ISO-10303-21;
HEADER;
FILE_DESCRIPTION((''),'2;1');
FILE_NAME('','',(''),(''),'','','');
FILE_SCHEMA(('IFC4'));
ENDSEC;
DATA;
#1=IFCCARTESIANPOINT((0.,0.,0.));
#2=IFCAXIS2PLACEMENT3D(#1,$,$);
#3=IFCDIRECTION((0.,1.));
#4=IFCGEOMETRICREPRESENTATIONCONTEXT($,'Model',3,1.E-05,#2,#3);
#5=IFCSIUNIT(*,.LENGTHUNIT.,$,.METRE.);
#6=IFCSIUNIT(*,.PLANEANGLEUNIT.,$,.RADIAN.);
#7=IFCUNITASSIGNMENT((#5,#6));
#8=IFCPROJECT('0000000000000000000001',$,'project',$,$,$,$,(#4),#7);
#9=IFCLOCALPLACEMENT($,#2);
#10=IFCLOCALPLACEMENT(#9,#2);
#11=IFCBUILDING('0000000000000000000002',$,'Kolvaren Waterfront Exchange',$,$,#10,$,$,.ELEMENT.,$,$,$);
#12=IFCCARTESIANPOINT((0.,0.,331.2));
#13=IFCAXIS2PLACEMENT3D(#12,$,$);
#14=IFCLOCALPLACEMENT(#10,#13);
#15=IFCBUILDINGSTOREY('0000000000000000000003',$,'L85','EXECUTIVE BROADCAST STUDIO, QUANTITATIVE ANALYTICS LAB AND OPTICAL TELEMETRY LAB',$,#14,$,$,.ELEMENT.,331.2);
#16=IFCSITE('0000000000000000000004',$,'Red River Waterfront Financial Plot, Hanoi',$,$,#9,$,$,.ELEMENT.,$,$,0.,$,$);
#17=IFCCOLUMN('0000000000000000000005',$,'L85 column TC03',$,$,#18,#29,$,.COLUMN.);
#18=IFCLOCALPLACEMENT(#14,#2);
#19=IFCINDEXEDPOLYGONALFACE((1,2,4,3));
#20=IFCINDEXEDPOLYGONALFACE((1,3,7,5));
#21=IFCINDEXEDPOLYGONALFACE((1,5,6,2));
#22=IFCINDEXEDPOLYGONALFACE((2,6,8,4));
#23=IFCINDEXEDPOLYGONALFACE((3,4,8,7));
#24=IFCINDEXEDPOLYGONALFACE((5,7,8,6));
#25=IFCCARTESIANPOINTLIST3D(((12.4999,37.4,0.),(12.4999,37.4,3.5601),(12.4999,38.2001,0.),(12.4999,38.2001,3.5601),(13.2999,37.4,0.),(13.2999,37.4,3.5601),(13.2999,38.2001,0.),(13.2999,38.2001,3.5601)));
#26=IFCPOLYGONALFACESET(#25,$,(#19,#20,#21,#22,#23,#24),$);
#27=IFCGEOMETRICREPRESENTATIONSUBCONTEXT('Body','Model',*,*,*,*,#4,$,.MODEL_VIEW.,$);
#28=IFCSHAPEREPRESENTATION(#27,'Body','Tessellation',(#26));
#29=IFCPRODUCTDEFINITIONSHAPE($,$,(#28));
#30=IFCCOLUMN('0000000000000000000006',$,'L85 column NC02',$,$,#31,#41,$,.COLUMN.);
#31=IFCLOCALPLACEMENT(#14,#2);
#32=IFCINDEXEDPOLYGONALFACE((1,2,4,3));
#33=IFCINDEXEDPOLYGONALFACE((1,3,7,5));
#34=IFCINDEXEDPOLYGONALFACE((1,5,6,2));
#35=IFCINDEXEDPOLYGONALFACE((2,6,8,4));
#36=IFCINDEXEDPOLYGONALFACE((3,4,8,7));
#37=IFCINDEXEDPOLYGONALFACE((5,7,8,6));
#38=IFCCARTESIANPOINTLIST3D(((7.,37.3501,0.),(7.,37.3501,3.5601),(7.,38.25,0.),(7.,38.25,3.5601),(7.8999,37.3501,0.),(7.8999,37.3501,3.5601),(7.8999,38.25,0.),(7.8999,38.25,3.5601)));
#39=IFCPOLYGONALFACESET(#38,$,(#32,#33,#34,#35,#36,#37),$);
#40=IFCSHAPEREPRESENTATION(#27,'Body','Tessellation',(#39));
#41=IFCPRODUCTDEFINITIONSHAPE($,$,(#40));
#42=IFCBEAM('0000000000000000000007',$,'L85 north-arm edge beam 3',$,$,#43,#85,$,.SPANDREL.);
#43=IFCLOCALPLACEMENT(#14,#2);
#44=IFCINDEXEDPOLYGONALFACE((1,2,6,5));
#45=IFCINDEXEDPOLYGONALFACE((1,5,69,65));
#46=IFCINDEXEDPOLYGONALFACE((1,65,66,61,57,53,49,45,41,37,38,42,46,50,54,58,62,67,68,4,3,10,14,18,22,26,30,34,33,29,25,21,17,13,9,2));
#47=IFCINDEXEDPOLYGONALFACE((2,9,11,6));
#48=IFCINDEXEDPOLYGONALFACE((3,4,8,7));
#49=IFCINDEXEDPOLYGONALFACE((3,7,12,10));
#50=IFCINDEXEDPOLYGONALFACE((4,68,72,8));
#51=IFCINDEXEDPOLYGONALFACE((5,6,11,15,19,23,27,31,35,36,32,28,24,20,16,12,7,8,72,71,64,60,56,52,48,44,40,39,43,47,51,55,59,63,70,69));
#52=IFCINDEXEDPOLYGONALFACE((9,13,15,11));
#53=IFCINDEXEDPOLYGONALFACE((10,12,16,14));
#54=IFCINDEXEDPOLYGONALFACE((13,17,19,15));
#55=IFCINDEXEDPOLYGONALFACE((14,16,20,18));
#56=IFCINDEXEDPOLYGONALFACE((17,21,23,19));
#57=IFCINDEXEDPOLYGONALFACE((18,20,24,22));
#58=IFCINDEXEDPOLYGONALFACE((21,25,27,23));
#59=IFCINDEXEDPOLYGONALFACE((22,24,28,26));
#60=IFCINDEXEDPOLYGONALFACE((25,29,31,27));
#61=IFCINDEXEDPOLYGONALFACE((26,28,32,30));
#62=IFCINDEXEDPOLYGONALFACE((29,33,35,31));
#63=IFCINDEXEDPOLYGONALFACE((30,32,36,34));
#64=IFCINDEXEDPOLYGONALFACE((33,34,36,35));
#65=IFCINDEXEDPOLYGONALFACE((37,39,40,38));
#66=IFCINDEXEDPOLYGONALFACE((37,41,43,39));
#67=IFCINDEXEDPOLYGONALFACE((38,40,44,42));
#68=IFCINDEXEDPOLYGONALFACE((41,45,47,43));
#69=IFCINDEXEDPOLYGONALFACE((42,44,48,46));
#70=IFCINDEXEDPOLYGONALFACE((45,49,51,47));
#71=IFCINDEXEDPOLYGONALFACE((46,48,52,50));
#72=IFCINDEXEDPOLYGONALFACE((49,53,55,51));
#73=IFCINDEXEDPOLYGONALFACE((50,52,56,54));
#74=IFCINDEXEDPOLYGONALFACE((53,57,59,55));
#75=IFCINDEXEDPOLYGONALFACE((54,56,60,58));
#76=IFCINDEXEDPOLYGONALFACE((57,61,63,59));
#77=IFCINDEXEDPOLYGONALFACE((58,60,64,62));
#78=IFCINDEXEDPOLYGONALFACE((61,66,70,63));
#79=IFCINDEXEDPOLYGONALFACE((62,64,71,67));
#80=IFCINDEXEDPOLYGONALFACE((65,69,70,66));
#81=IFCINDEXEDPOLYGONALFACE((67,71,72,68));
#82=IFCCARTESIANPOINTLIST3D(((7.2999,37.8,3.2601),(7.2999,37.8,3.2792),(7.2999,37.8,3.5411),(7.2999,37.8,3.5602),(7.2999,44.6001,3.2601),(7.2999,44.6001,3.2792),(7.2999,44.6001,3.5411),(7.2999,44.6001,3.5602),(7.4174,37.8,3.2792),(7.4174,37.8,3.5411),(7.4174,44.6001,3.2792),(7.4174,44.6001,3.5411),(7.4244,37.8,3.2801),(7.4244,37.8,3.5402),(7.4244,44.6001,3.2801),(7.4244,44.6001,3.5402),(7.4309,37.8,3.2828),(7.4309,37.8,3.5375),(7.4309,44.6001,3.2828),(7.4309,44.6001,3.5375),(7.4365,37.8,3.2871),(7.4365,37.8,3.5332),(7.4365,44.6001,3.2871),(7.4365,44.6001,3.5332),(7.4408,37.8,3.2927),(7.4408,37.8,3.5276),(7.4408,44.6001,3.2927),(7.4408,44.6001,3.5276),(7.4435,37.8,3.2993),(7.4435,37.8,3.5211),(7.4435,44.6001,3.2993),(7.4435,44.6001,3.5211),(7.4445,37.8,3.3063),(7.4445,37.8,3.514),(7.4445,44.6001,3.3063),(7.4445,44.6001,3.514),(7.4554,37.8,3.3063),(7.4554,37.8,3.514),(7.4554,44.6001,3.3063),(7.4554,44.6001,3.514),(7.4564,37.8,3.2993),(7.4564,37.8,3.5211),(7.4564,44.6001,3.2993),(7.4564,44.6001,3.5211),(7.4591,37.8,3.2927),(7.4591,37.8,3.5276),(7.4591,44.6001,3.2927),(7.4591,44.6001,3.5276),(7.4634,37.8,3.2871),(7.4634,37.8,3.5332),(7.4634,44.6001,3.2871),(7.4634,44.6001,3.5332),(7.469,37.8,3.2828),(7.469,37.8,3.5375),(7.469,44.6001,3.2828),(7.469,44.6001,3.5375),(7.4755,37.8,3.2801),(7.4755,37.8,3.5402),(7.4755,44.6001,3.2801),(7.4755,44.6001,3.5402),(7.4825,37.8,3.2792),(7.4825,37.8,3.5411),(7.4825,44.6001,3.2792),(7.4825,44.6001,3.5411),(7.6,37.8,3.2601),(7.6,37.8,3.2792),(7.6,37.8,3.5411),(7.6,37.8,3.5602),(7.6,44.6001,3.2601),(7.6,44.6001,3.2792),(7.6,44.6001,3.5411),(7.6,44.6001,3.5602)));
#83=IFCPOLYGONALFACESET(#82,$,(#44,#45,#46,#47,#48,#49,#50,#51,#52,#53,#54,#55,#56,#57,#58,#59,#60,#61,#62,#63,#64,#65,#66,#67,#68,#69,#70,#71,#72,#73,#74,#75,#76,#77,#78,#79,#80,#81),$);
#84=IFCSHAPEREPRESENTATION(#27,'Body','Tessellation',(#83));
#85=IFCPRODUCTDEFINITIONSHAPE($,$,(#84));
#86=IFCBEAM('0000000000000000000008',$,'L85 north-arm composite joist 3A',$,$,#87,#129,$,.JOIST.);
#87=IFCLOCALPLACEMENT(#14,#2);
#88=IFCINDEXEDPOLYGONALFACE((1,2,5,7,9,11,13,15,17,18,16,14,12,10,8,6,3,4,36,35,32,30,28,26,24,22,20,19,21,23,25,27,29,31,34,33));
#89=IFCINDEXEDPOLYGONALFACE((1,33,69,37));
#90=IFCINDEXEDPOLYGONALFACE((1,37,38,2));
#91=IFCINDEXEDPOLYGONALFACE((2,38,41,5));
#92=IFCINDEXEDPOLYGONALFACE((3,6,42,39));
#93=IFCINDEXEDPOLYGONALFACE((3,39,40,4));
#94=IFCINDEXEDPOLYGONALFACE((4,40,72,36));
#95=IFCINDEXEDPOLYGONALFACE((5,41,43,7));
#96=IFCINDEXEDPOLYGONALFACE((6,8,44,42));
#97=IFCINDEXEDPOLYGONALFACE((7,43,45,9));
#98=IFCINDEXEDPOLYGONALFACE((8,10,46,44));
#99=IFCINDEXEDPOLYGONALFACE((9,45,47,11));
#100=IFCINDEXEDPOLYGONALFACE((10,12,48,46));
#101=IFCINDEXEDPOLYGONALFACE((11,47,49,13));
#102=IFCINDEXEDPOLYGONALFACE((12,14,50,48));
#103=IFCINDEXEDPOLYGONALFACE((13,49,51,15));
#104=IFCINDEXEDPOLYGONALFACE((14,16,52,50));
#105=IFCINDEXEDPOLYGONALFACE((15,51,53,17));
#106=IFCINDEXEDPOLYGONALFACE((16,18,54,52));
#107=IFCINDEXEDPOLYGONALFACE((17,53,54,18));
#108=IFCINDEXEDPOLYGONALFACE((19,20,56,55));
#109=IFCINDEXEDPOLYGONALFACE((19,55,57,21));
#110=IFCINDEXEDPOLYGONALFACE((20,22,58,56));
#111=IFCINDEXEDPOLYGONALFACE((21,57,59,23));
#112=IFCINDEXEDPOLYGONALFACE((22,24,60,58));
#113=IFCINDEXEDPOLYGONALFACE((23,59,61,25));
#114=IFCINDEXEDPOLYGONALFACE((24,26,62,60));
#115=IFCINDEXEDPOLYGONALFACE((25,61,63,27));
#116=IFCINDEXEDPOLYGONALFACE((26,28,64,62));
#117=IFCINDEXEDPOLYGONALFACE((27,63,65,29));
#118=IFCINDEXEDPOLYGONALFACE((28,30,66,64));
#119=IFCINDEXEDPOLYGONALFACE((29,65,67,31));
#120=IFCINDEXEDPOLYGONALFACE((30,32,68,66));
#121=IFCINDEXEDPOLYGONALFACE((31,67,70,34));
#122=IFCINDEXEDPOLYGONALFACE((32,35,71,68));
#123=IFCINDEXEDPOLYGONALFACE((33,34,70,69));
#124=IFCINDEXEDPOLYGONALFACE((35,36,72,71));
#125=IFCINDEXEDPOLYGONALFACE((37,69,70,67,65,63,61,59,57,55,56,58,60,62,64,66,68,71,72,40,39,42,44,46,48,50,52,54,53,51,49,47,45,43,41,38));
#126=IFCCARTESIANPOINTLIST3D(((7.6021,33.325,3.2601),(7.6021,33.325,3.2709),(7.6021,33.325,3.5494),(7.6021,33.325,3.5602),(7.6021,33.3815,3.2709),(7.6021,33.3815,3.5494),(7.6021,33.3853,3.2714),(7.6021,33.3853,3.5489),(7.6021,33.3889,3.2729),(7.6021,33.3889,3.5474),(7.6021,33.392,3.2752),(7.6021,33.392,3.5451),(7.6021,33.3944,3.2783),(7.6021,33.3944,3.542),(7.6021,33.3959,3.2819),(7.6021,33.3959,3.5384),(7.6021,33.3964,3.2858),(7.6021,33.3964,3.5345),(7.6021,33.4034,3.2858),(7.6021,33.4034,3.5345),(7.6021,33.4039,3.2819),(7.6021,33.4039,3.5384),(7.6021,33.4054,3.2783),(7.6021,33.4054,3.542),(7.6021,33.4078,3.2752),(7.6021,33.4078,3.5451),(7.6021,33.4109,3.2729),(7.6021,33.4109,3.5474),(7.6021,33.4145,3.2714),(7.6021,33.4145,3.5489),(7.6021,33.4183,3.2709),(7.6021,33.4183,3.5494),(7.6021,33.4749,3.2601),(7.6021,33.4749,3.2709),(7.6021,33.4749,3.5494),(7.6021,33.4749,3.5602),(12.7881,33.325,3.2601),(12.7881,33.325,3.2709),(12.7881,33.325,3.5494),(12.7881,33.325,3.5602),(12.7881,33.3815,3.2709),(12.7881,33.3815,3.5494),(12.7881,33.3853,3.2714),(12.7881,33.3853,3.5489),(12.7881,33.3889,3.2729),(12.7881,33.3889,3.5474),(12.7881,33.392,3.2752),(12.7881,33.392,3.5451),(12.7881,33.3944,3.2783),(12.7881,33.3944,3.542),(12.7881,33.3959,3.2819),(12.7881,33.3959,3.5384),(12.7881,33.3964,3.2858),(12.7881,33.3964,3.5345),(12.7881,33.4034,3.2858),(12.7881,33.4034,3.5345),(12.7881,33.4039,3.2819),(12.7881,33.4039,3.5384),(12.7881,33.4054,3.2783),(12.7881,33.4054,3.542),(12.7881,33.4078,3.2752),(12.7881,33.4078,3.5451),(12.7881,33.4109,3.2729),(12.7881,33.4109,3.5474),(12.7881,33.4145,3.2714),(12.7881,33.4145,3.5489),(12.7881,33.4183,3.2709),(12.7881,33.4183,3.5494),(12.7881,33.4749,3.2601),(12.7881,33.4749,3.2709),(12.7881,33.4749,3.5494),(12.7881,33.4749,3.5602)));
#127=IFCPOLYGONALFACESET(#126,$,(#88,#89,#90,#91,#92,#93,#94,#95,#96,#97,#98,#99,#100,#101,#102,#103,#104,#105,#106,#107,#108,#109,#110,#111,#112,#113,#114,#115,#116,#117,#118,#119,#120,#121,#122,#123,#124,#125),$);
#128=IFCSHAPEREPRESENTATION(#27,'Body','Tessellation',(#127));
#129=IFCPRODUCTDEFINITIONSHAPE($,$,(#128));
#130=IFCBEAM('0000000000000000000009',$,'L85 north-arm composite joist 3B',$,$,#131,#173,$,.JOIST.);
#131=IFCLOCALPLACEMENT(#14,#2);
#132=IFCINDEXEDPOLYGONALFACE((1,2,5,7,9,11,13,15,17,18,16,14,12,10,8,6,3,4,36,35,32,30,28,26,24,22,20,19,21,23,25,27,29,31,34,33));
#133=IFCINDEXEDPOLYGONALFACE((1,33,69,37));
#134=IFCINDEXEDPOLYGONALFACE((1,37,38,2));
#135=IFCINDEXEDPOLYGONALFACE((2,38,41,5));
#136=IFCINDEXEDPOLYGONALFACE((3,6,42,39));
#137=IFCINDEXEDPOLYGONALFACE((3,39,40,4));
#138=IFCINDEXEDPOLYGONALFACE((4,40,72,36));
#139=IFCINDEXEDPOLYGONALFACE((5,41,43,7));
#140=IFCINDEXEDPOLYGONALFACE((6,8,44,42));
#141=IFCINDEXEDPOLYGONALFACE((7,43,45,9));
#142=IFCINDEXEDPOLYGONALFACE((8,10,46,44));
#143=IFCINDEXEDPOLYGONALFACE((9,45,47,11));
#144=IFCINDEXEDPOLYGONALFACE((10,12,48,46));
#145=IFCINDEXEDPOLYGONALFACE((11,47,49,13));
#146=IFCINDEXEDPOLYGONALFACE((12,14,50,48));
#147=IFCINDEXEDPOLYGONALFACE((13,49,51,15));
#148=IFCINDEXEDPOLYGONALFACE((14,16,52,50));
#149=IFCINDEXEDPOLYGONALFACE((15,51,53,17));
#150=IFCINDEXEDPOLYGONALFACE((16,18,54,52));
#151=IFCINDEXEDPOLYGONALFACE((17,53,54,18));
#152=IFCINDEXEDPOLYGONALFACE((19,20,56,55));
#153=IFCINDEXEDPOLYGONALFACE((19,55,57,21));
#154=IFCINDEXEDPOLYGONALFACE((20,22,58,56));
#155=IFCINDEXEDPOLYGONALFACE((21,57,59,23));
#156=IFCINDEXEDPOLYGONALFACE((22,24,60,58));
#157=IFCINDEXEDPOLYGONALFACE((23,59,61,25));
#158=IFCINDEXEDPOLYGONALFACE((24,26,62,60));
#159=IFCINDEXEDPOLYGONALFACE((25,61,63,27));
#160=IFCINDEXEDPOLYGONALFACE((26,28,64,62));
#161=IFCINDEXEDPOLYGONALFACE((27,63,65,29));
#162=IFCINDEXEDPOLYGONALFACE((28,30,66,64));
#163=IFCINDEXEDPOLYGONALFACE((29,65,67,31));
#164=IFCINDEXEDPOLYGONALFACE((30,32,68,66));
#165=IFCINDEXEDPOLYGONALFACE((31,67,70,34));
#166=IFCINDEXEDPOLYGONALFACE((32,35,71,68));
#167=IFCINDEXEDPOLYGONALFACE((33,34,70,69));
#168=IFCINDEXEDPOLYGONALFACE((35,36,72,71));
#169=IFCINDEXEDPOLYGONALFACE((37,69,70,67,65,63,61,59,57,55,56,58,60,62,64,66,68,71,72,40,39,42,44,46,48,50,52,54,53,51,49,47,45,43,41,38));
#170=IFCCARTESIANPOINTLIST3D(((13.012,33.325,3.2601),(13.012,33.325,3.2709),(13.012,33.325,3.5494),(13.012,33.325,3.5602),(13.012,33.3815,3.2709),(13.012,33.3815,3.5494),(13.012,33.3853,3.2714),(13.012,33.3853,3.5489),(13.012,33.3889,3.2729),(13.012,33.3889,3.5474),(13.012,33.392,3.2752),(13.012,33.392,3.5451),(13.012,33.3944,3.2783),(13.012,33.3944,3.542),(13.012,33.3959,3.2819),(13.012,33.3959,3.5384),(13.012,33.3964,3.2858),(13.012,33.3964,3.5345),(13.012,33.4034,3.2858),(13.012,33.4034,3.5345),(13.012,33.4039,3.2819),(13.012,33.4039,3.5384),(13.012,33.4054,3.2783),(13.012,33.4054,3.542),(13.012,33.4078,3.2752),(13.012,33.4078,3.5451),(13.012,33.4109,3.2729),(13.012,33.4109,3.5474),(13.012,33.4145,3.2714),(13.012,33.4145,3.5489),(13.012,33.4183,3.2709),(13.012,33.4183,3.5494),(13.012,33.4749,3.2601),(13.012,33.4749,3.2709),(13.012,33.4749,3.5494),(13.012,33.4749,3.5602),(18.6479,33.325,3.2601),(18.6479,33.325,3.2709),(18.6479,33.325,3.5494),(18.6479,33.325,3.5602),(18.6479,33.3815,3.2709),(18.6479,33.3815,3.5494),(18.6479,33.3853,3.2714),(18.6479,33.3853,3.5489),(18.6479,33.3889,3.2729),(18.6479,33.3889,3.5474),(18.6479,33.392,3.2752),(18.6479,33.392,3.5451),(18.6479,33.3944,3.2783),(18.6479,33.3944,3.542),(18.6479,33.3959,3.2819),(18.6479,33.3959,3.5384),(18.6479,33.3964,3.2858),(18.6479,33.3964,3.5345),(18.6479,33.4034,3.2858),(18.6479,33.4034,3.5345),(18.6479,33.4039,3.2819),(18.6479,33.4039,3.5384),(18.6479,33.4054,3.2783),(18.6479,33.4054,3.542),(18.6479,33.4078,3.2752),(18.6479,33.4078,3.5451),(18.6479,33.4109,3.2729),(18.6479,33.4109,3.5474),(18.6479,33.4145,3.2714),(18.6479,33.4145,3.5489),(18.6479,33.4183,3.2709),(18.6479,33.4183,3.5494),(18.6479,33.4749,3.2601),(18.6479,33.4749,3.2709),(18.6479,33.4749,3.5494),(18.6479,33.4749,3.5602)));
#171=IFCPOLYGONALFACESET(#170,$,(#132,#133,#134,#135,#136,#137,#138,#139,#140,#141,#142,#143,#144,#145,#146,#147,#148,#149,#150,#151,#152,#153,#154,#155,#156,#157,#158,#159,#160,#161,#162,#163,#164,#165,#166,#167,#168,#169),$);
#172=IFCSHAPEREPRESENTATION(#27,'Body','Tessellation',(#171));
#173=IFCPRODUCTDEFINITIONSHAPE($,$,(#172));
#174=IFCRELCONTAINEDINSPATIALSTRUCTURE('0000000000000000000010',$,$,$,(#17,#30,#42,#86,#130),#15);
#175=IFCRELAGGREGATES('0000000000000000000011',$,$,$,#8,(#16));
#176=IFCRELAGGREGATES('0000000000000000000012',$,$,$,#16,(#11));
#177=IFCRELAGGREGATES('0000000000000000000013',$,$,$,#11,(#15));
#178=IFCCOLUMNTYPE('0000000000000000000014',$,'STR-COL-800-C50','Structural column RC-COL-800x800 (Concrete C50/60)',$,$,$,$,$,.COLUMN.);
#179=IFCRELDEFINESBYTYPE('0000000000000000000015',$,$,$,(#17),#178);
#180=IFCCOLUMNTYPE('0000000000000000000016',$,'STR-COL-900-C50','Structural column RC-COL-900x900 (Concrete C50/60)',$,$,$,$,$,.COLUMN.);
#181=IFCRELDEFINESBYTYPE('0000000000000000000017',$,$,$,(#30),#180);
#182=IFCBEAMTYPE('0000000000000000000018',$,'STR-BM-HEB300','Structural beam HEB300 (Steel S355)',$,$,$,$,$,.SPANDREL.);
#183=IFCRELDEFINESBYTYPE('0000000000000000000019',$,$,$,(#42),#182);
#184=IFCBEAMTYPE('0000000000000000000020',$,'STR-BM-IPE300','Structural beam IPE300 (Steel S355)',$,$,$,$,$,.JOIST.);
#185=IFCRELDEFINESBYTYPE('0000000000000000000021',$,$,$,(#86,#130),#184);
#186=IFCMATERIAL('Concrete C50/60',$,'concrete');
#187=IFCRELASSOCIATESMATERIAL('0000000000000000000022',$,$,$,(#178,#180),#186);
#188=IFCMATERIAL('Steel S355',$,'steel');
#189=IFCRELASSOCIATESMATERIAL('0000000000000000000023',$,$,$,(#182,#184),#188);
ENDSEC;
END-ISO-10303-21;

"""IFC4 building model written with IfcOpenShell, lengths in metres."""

from ifc_helpers import new_model, si_unit, direction, frame, origin, origin_2d, place, context, subcontext, project, spatial, rectangle, i_section, extrude, material, material_profile, profile_set, type_object, element, save


model = new_model("IFC4")

# Units and contexts
model_context = context("Model", 3, precision=1e-05, world=origin(), true_north=direction((0.0, 1.0)))
body_context = subcontext(model_context, "Body", "Model", "MODEL_VIEW")
ifc_project = project(units=[si_unit("LENGTHUNIT", "METRE"), si_unit("PLANEANGLEUNIT", "RADIAN")], contexts=[model_context])

# Site, building, storey
site_placement = place(None, origin())
site = spatial("IfcSite", under=ifc_project, at=site_placement, Name="Red River Waterfront Financial Plot, Hanoi", CompositionType="ELEMENT", RefElevation=0.0)
building_placement = place(site_placement, origin())
building = spatial("IfcBuilding", under=site, at=building_placement, Name="Kolvaren Waterfront Exchange", CompositionType="ELEMENT")
storey_placement = place(building_placement, frame((0.0, 0.0, 331.2)))
storey = spatial("IfcBuildingStorey", under=building, at=storey_placement, Name="L85", Description="EXECUTIVE BROADCAST STUDIO, QUANTITATIVE ANALYTICS LAB AND OPTICAL TELEMETRY LAB", CompositionType="ELEMENT", Elevation=331.2)

# Columns
ifc_material_1 = material(Name="Concrete C50/60", Category="concrete")
ifc_material_profile_1 = material_profile(ifc_material_1, rectangle(XDim=0.8, YDim=0.8, at=origin_2d()), Name="RC-COL-800x800")
ifc_profile_set_1 = profile_set([ifc_material_profile_1], Name="Concrete C50/60")
column_type_1 = type_object("IfcColumnType", Name="STR-COL-800-C50", Description="Structural column RC-COL-800x800 (Concrete C50/60)", PredefinedType="COLUMN", material=ifc_profile_set_1)
column_1_placement = place(storey_placement, frame((12.8999, 37.8, 0.0), z_axis=(0.0, 0.0, 1.0), x_axis=(1.0, 0.0, 0.0)))
element("IfcColumn", 1, at=column_1_placement, inside=storey, type_object=column_type_1, Name="L85 column TC03", PredefinedType="COLUMN", context=body_context, shape_type="SweptSolid", body=[
    extrude(rectangle(XDim=0.8, YDim=0.8, at=origin_2d()), origin(), (0.0, 0.0, 1.0), 3.5601),
])
ifc_material_profile_2 = material_profile(ifc_material_1, rectangle(XDim=0.8999, YDim=0.8999, at=origin_2d()), Name="RC-COL-900x900")
ifc_profile_set_2 = profile_set([ifc_material_profile_2], Name="Concrete C50/60")
column_type_2 = type_object("IfcColumnType", Name="STR-COL-900-C50", Description="Structural column RC-COL-900x900 (Concrete C50/60)", PredefinedType="COLUMN", material=ifc_profile_set_2)
column_2_placement = place(storey_placement, frame((7.45, 37.8, 0.0), z_axis=(0.0, 0.0, 1.0), x_axis=(1.0, 0.0, 0.0)))
element("IfcColumn", 2, at=column_2_placement, inside=storey, type_object=column_type_2, Name="L85 column NC02", PredefinedType="COLUMN", context=body_context, shape_type="SweptSolid", body=[
    extrude(rectangle(XDim=0.8999, YDim=0.8999, at=origin_2d()), origin(), (0.0, 0.0, 1.0), 3.5601),
])

# Beams
ifc_material_2 = material(Name="Steel S355", Category="steel")
ifc_material_profile_3 = material_profile(ifc_material_2, i_section(OverallWidth=0.3, OverallDepth=0.3, WebThickness=0.011, FlangeThickness=0.019, FilletRadius=0.0271, at=origin_2d()), Name="HEB300")
ifc_profile_set_3 = profile_set([ifc_material_profile_3], Name="Steel S355")
beam_type_1 = type_object("IfcBeamType", Name="STR-BM-HEB300", Description="Structural beam HEB300 (Steel S355)", PredefinedType="SPANDREL", material=ifc_profile_set_3)
beam_1_placement = place(storey_placement, frame((7.45, 37.8, 3.4102), z_axis=(0.0, 1.0, 0.0), x_axis=(-1.0, 0.0, 0.0)))
element("IfcBeam", 3, at=beam_1_placement, inside=storey, type_object=beam_type_1, Name="L85 north-arm edge beam 3", PredefinedType="SPANDREL", context=body_context, shape_type="SweptSolid", body=[
    extrude(i_section(OverallWidth=0.3, OverallDepth=0.3, WebThickness=0.011, FlangeThickness=0.019, FilletRadius=0.0271, at=origin_2d()), origin(), (0.0, 0.0, 1.0), 6.8),
])
ifc_material_profile_4 = material_profile(ifc_material_2, i_section(OverallWidth=0.1499, OverallDepth=0.3, WebThickness=0.0071, FlangeThickness=0.0107, FilletRadius=0.0149, at=origin_2d()), Name="IPE300")
ifc_profile_set_4 = profile_set([ifc_material_profile_4], Name="Steel S355")
beam_type_2 = type_object("IfcBeamType", Name="STR-BM-IPE300", Description="Structural beam IPE300 (Steel S355)", PredefinedType="JOIST", material=ifc_profile_set_4)
beam_2_placement = place(storey_placement, frame((7.6021, 33.3999, 3.4102), z_axis=(1.0, 0.0, 0.0), x_axis=(0.0, 1.0, 0.0)))
element("IfcBeam", 4, at=beam_2_placement, inside=storey, type_object=beam_type_2, Name="L85 north-arm composite joist 3A", PredefinedType="JOIST", context=body_context, shape_type="SweptSolid", body=[
    extrude(i_section(OverallWidth=0.1499, OverallDepth=0.3, WebThickness=0.0071, FlangeThickness=0.0107, FilletRadius=0.0149, at=origin_2d()), origin(), (0.0, 0.0, 1.0), 5.186),
])
beam_3_placement = place(storey_placement, frame((13.012, 33.3999, 3.4102), z_axis=(1.0, 0.0, 0.0), x_axis=(0.0, 1.0, 0.0)))
element("IfcBeam", 5, at=beam_3_placement, inside=storey, type_object=beam_type_2, Name="L85 north-arm composite joist 3B", PredefinedType="JOIST", context=body_context, shape_type="SweptSolid", body=[
    extrude(i_section(OverallWidth=0.1499, OverallDepth=0.3, WebThickness=0.0071, FlangeThickness=0.0107, FilletRadius=0.0149, at=origin_2d()), origin(), (0.0, 0.0, 1.0), 5.636),
])

save(model, "model.ifc")
